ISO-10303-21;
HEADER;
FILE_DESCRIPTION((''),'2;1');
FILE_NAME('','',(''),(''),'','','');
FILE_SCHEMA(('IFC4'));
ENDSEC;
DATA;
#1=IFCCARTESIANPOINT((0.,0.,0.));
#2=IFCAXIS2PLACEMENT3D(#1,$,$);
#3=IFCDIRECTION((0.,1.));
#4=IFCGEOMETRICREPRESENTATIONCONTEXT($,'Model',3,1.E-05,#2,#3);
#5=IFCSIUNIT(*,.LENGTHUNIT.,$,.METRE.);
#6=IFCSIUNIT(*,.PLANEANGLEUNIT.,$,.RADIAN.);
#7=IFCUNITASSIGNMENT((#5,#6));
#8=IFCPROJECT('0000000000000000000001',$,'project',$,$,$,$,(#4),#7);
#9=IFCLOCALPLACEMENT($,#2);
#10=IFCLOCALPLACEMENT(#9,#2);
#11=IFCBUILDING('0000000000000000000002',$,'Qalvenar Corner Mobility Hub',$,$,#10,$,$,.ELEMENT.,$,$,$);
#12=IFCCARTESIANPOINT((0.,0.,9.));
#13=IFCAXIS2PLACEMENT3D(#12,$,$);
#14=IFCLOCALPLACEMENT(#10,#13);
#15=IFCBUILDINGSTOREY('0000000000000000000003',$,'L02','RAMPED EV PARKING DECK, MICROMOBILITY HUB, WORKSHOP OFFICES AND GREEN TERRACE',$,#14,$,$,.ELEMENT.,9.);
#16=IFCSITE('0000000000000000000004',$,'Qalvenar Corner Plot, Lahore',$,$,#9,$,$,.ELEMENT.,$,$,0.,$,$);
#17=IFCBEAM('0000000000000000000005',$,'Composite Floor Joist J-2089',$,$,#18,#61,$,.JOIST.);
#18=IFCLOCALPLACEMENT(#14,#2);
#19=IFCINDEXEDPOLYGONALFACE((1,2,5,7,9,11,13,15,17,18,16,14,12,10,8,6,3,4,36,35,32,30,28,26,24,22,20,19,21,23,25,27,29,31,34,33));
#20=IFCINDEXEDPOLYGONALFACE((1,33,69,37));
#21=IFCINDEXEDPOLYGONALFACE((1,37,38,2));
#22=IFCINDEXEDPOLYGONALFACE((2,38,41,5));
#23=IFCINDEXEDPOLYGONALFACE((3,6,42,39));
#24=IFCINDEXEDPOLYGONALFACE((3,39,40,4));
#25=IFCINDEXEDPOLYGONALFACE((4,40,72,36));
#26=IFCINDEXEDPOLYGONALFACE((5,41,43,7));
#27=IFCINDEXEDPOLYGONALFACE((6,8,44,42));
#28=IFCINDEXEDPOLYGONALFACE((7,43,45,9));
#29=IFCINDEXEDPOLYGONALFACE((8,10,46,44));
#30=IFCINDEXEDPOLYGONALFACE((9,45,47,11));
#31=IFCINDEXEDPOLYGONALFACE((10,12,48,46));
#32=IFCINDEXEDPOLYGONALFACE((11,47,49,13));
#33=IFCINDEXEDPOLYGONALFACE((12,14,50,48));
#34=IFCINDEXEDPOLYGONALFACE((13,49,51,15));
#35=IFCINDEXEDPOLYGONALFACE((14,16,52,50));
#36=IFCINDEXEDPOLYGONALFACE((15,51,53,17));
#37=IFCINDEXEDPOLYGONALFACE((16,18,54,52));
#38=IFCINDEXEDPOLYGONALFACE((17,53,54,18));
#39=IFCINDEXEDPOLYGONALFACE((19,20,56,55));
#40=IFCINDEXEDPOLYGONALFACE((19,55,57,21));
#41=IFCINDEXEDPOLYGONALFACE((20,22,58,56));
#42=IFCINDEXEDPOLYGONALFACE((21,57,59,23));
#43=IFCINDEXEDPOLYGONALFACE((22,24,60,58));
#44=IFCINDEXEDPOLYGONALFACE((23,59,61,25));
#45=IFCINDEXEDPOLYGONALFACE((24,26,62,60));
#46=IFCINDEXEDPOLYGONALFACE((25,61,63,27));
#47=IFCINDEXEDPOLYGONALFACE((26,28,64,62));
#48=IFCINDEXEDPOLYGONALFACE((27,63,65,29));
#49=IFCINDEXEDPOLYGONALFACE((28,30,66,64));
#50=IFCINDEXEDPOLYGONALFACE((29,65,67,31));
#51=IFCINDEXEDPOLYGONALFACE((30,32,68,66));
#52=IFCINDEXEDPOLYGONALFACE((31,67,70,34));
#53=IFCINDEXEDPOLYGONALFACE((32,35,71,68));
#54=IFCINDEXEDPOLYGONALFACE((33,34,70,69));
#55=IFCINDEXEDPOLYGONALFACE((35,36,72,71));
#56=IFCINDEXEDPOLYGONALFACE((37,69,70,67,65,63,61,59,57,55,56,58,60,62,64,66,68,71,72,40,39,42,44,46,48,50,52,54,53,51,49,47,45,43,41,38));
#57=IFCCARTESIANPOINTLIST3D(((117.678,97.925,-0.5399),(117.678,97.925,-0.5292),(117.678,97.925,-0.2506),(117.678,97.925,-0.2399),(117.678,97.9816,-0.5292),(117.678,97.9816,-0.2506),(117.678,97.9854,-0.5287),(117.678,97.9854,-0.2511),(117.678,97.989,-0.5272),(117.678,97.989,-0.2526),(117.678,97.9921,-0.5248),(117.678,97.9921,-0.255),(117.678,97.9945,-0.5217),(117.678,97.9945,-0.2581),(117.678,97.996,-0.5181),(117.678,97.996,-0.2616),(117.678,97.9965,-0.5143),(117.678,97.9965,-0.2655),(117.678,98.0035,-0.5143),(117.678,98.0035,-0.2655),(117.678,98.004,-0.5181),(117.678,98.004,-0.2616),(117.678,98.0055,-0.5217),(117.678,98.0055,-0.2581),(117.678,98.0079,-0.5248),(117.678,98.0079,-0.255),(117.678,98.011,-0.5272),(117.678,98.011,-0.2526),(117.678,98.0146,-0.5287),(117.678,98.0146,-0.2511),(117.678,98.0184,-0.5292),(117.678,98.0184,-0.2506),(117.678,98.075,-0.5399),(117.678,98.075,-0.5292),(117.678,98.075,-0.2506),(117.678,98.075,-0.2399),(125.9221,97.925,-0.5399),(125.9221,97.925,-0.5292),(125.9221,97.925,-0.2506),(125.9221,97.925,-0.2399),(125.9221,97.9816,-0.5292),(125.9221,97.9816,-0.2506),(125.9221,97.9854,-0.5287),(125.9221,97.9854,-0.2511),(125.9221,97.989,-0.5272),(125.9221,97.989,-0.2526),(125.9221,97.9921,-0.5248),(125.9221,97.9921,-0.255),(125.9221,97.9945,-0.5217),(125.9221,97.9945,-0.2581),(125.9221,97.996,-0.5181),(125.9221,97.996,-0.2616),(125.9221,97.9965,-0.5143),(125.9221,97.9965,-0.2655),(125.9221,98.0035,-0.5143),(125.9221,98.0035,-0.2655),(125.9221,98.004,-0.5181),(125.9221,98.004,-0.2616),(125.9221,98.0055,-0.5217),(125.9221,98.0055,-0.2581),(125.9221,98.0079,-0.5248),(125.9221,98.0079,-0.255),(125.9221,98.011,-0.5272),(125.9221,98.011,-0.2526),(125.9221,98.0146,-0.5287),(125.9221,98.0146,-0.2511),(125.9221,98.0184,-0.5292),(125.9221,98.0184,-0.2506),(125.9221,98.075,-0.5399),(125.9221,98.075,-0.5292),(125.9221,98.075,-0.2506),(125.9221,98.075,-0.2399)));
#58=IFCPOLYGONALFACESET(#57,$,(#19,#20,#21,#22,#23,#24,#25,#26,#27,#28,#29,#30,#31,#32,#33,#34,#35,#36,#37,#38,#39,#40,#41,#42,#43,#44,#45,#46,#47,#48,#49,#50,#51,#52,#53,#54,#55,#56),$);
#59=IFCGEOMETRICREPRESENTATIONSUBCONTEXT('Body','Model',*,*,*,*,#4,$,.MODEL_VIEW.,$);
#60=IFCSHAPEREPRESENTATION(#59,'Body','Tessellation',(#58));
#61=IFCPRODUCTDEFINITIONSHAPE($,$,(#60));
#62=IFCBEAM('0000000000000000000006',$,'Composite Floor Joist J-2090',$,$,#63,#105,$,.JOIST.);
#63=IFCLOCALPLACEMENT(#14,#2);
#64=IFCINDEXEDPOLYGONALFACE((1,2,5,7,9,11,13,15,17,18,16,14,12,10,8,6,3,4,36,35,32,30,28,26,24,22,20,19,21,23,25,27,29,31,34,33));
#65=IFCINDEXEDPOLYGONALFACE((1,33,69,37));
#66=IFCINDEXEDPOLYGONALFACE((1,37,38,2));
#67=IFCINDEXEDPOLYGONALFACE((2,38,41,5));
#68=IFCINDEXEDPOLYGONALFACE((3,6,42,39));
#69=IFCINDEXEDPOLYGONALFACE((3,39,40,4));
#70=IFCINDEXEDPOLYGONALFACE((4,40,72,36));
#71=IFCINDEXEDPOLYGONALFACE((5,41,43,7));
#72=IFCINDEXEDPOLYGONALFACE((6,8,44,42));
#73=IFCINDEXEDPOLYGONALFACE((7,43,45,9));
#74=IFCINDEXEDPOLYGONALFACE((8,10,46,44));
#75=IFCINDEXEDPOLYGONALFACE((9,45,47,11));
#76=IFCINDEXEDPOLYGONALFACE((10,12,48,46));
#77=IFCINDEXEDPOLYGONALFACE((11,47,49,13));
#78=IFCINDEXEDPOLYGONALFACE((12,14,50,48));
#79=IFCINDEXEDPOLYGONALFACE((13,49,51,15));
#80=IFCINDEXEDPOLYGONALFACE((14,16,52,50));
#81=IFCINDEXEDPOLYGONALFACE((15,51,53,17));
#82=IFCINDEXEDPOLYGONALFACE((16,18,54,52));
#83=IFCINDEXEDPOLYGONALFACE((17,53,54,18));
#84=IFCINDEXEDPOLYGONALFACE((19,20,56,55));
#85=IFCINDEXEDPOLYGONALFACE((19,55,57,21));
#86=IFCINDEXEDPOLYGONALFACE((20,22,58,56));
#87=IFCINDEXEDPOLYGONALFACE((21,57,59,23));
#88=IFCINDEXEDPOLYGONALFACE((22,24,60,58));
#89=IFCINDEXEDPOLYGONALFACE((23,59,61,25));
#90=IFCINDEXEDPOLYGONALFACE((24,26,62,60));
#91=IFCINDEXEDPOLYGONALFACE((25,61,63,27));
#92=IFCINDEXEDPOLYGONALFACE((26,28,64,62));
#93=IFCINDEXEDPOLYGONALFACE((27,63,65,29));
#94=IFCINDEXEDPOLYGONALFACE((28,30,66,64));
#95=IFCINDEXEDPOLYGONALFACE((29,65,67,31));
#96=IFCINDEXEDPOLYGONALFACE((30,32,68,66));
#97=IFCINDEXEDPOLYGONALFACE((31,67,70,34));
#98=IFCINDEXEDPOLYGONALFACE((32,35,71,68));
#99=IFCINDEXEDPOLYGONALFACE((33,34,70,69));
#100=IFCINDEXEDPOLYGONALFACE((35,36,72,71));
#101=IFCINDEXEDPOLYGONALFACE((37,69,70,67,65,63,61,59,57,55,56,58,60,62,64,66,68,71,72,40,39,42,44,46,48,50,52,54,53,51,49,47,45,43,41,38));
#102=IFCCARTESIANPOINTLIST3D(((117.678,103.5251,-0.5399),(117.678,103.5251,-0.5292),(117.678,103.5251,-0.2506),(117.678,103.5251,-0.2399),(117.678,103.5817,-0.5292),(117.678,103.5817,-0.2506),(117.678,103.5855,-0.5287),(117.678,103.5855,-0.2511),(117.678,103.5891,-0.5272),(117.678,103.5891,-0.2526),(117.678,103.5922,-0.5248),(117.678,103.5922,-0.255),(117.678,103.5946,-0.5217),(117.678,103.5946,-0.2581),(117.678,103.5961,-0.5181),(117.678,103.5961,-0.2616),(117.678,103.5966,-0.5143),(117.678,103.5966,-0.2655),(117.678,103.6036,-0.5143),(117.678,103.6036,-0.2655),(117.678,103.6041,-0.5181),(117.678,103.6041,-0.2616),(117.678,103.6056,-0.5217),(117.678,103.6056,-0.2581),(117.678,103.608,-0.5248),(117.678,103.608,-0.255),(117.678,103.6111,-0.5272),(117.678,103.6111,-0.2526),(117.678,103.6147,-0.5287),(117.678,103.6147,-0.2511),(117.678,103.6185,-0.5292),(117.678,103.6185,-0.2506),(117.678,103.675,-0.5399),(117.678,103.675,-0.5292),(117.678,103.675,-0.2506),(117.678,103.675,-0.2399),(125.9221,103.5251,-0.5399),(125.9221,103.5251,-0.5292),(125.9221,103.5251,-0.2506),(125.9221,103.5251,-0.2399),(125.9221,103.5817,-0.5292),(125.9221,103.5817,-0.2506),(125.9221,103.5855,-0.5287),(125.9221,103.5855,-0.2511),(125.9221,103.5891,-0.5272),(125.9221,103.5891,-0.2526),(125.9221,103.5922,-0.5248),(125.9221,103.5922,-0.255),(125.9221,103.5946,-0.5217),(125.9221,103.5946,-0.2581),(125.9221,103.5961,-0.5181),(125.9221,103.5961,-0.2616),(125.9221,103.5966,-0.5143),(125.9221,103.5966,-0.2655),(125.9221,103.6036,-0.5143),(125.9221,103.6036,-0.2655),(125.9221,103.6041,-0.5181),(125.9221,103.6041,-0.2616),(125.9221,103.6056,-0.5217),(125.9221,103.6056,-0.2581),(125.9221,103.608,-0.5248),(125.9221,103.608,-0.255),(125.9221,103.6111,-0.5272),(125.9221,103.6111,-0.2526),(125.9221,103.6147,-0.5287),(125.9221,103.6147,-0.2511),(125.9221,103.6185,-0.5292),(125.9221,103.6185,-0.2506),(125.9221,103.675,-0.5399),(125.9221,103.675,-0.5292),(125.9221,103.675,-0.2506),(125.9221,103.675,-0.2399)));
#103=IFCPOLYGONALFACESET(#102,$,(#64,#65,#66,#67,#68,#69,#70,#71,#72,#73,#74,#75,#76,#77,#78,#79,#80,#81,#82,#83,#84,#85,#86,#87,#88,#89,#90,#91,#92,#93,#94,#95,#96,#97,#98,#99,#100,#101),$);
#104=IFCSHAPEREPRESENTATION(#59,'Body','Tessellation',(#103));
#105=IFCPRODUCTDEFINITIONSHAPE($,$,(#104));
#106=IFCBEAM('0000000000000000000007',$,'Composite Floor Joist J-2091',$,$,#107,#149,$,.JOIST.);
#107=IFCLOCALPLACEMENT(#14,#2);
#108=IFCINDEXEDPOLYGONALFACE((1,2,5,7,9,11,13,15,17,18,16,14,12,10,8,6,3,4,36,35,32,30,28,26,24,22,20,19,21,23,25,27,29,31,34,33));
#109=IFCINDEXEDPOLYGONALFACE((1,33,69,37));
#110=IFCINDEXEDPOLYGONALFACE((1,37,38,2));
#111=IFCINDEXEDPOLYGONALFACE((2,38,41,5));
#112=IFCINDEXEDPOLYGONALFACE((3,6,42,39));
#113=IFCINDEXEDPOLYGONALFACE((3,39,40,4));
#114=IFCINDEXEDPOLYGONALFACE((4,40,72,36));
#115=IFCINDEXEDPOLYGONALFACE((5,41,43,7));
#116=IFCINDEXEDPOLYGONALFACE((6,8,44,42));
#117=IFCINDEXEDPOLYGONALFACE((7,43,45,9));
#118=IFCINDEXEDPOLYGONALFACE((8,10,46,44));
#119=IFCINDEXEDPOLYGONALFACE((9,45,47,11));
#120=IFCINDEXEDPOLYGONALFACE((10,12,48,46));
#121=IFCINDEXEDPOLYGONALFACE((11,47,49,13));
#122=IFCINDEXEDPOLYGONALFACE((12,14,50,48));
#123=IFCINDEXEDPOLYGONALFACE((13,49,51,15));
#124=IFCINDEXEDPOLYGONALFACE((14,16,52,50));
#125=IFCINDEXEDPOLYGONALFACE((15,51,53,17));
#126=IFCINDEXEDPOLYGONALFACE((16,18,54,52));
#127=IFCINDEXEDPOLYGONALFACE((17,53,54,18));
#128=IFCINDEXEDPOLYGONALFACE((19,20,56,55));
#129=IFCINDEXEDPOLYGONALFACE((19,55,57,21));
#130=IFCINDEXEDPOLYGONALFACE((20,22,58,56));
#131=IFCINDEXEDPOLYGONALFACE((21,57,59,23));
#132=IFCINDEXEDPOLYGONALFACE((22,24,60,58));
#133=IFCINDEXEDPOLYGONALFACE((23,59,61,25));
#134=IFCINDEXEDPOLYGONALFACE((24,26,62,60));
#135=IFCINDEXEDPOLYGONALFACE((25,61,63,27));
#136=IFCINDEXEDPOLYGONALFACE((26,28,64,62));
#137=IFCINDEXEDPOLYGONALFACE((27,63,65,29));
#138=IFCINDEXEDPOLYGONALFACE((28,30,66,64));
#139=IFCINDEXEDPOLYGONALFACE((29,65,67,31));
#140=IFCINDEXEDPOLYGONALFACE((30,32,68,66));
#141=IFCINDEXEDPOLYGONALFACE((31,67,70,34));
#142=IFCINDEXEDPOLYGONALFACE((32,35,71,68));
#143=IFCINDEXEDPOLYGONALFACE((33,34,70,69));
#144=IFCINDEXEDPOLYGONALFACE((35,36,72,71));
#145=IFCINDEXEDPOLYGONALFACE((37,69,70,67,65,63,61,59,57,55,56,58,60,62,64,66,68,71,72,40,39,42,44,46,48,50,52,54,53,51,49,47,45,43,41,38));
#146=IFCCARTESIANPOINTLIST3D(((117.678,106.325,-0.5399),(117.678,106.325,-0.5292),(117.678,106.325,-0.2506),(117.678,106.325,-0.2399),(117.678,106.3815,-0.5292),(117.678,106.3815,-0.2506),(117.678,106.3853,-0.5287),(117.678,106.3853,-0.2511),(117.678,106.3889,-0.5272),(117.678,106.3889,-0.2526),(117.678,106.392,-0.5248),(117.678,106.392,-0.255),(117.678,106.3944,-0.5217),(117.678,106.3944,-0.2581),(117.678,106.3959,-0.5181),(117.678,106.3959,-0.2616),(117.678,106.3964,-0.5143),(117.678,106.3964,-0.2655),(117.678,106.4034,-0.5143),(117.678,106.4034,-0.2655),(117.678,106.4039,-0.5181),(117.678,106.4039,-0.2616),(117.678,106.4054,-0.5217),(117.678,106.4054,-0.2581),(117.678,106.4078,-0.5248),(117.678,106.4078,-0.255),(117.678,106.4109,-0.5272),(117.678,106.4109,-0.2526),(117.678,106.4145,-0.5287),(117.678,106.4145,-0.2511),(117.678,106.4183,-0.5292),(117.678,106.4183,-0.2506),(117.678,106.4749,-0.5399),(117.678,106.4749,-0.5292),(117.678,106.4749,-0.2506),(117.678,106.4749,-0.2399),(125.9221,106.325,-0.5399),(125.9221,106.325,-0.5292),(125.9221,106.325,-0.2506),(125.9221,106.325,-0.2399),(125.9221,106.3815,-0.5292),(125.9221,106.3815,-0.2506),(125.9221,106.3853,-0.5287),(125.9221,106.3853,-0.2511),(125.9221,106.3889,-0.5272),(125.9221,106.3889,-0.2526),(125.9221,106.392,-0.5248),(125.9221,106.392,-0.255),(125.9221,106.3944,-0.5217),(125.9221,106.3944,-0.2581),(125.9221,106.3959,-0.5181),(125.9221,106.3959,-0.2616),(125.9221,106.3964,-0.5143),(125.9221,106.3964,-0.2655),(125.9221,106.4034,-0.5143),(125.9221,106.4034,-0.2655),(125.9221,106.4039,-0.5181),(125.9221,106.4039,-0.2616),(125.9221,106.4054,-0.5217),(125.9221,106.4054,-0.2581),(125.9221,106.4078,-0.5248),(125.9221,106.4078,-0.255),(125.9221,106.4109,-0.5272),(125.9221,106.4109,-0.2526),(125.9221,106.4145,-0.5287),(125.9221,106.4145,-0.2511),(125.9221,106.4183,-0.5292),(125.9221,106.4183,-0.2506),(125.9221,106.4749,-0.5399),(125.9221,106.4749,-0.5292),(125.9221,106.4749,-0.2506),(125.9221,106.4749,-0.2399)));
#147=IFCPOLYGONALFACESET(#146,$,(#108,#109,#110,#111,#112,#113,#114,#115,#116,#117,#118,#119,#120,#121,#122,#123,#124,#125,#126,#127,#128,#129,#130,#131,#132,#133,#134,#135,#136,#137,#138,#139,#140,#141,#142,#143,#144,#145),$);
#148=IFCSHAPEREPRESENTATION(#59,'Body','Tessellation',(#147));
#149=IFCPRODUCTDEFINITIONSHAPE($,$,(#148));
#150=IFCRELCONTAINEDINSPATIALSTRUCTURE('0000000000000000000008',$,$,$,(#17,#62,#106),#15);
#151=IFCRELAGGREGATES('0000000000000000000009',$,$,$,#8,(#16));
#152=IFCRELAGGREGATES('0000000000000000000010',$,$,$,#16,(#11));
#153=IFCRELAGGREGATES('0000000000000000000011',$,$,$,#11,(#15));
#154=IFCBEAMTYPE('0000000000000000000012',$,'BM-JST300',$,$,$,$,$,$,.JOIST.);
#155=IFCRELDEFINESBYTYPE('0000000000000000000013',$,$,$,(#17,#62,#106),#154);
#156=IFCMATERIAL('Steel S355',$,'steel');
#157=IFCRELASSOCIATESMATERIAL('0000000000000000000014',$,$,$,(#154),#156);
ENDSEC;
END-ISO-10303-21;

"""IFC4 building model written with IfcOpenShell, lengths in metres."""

from ifc_helpers import new_model, si_unit, direction, frame, origin, origin_2d, place, context, subcontext, project, spatial, i_section, extrude, material, material_profile, profile_set, type_object, element, save


model = new_model("IFC4")

# Units and contexts
model_context = context("Model", 3, precision=1e-05, world=origin(), true_north=direction((0.0, 1.0)))
body_context = subcontext(model_context, "Body", "Model", "MODEL_VIEW")
ifc_project = project(units=[si_unit("LENGTHUNIT", "METRE"), si_unit("PLANEANGLEUNIT", "RADIAN")], contexts=[model_context])

# Site, building, storey
site_placement = place(None, origin())
site = spatial("IfcSite", under=ifc_project, at=site_placement, Name="Qalvenar Corner Plot, Lahore", CompositionType="ELEMENT", RefElevation=0.0)
building_placement = place(site_placement, origin())
building = spatial("IfcBuilding", under=site, at=building_placement, Name="Qalvenar Corner Mobility Hub", CompositionType="ELEMENT")
storey_placement = place(building_placement, frame((0.0, 0.0, 9.0)))
storey = spatial("IfcBuildingStorey", under=building, at=storey_placement, Name="L02", Description="RAMPED EV PARKING DECK, MICROMOBILITY HUB, WORKSHOP OFFICES AND GREEN TERRACE", CompositionType="ELEMENT", Elevation=9.0)

# Shared definitions
ifc_material = material(Name="Steel S355", Category="steel")

# Beams
ifc_material_profile_1 = material_profile(ifc_material, i_section(OverallWidth=0.1499, OverallDepth=0.3, WebThickness=0.0071, FlangeThickness=0.0107, FilletRadius=0.0149, at=origin_2d()), Name="IPE300")
ifc_profile_set_1 = profile_set([ifc_material_profile_1], Name="Steel S355")
beam_type_1 = type_object("IfcBeamType", Name="BM-JST300", PredefinedType="JOIST", material=ifc_profile_set_1)
for number, where, z_axis, x_axis, name in (
    (1, (117.678, 98.0, -0.3899), (1.0, 0.0, 0.0), (0.0, 1.0, 0.0), "Composite Floor Joist J-2089"),
    (2, (117.678, 103.6001, -0.3899), (1.0, 0.0, 0.0), (0.0, 1.0, 0.0), "Composite Floor Joist J-2090"),
    (3, (117.678, 106.3999, -0.3899), (1.0, 0.0, 0.0), (0.0, 1.0, 0.0), "Composite Floor Joist J-2091"),
):
    element("IfcBeam", number, at=place(storey_placement, frame(where, z_axis=z_axis, x_axis=x_axis)), inside=storey, type_object=beam_type_1, Name=name, PredefinedType="JOIST", context=body_context, shape_type="SweptSolid", body=[
        extrude(i_section(OverallWidth=0.1499, OverallDepth=0.3, WebThickness=0.0071, FlangeThickness=0.0107, FilletRadius=0.0149, at=origin_2d()), origin(), (0.0, 0.0, 1.0), 8.2441),
    ])

save(model, "model.ifc")
